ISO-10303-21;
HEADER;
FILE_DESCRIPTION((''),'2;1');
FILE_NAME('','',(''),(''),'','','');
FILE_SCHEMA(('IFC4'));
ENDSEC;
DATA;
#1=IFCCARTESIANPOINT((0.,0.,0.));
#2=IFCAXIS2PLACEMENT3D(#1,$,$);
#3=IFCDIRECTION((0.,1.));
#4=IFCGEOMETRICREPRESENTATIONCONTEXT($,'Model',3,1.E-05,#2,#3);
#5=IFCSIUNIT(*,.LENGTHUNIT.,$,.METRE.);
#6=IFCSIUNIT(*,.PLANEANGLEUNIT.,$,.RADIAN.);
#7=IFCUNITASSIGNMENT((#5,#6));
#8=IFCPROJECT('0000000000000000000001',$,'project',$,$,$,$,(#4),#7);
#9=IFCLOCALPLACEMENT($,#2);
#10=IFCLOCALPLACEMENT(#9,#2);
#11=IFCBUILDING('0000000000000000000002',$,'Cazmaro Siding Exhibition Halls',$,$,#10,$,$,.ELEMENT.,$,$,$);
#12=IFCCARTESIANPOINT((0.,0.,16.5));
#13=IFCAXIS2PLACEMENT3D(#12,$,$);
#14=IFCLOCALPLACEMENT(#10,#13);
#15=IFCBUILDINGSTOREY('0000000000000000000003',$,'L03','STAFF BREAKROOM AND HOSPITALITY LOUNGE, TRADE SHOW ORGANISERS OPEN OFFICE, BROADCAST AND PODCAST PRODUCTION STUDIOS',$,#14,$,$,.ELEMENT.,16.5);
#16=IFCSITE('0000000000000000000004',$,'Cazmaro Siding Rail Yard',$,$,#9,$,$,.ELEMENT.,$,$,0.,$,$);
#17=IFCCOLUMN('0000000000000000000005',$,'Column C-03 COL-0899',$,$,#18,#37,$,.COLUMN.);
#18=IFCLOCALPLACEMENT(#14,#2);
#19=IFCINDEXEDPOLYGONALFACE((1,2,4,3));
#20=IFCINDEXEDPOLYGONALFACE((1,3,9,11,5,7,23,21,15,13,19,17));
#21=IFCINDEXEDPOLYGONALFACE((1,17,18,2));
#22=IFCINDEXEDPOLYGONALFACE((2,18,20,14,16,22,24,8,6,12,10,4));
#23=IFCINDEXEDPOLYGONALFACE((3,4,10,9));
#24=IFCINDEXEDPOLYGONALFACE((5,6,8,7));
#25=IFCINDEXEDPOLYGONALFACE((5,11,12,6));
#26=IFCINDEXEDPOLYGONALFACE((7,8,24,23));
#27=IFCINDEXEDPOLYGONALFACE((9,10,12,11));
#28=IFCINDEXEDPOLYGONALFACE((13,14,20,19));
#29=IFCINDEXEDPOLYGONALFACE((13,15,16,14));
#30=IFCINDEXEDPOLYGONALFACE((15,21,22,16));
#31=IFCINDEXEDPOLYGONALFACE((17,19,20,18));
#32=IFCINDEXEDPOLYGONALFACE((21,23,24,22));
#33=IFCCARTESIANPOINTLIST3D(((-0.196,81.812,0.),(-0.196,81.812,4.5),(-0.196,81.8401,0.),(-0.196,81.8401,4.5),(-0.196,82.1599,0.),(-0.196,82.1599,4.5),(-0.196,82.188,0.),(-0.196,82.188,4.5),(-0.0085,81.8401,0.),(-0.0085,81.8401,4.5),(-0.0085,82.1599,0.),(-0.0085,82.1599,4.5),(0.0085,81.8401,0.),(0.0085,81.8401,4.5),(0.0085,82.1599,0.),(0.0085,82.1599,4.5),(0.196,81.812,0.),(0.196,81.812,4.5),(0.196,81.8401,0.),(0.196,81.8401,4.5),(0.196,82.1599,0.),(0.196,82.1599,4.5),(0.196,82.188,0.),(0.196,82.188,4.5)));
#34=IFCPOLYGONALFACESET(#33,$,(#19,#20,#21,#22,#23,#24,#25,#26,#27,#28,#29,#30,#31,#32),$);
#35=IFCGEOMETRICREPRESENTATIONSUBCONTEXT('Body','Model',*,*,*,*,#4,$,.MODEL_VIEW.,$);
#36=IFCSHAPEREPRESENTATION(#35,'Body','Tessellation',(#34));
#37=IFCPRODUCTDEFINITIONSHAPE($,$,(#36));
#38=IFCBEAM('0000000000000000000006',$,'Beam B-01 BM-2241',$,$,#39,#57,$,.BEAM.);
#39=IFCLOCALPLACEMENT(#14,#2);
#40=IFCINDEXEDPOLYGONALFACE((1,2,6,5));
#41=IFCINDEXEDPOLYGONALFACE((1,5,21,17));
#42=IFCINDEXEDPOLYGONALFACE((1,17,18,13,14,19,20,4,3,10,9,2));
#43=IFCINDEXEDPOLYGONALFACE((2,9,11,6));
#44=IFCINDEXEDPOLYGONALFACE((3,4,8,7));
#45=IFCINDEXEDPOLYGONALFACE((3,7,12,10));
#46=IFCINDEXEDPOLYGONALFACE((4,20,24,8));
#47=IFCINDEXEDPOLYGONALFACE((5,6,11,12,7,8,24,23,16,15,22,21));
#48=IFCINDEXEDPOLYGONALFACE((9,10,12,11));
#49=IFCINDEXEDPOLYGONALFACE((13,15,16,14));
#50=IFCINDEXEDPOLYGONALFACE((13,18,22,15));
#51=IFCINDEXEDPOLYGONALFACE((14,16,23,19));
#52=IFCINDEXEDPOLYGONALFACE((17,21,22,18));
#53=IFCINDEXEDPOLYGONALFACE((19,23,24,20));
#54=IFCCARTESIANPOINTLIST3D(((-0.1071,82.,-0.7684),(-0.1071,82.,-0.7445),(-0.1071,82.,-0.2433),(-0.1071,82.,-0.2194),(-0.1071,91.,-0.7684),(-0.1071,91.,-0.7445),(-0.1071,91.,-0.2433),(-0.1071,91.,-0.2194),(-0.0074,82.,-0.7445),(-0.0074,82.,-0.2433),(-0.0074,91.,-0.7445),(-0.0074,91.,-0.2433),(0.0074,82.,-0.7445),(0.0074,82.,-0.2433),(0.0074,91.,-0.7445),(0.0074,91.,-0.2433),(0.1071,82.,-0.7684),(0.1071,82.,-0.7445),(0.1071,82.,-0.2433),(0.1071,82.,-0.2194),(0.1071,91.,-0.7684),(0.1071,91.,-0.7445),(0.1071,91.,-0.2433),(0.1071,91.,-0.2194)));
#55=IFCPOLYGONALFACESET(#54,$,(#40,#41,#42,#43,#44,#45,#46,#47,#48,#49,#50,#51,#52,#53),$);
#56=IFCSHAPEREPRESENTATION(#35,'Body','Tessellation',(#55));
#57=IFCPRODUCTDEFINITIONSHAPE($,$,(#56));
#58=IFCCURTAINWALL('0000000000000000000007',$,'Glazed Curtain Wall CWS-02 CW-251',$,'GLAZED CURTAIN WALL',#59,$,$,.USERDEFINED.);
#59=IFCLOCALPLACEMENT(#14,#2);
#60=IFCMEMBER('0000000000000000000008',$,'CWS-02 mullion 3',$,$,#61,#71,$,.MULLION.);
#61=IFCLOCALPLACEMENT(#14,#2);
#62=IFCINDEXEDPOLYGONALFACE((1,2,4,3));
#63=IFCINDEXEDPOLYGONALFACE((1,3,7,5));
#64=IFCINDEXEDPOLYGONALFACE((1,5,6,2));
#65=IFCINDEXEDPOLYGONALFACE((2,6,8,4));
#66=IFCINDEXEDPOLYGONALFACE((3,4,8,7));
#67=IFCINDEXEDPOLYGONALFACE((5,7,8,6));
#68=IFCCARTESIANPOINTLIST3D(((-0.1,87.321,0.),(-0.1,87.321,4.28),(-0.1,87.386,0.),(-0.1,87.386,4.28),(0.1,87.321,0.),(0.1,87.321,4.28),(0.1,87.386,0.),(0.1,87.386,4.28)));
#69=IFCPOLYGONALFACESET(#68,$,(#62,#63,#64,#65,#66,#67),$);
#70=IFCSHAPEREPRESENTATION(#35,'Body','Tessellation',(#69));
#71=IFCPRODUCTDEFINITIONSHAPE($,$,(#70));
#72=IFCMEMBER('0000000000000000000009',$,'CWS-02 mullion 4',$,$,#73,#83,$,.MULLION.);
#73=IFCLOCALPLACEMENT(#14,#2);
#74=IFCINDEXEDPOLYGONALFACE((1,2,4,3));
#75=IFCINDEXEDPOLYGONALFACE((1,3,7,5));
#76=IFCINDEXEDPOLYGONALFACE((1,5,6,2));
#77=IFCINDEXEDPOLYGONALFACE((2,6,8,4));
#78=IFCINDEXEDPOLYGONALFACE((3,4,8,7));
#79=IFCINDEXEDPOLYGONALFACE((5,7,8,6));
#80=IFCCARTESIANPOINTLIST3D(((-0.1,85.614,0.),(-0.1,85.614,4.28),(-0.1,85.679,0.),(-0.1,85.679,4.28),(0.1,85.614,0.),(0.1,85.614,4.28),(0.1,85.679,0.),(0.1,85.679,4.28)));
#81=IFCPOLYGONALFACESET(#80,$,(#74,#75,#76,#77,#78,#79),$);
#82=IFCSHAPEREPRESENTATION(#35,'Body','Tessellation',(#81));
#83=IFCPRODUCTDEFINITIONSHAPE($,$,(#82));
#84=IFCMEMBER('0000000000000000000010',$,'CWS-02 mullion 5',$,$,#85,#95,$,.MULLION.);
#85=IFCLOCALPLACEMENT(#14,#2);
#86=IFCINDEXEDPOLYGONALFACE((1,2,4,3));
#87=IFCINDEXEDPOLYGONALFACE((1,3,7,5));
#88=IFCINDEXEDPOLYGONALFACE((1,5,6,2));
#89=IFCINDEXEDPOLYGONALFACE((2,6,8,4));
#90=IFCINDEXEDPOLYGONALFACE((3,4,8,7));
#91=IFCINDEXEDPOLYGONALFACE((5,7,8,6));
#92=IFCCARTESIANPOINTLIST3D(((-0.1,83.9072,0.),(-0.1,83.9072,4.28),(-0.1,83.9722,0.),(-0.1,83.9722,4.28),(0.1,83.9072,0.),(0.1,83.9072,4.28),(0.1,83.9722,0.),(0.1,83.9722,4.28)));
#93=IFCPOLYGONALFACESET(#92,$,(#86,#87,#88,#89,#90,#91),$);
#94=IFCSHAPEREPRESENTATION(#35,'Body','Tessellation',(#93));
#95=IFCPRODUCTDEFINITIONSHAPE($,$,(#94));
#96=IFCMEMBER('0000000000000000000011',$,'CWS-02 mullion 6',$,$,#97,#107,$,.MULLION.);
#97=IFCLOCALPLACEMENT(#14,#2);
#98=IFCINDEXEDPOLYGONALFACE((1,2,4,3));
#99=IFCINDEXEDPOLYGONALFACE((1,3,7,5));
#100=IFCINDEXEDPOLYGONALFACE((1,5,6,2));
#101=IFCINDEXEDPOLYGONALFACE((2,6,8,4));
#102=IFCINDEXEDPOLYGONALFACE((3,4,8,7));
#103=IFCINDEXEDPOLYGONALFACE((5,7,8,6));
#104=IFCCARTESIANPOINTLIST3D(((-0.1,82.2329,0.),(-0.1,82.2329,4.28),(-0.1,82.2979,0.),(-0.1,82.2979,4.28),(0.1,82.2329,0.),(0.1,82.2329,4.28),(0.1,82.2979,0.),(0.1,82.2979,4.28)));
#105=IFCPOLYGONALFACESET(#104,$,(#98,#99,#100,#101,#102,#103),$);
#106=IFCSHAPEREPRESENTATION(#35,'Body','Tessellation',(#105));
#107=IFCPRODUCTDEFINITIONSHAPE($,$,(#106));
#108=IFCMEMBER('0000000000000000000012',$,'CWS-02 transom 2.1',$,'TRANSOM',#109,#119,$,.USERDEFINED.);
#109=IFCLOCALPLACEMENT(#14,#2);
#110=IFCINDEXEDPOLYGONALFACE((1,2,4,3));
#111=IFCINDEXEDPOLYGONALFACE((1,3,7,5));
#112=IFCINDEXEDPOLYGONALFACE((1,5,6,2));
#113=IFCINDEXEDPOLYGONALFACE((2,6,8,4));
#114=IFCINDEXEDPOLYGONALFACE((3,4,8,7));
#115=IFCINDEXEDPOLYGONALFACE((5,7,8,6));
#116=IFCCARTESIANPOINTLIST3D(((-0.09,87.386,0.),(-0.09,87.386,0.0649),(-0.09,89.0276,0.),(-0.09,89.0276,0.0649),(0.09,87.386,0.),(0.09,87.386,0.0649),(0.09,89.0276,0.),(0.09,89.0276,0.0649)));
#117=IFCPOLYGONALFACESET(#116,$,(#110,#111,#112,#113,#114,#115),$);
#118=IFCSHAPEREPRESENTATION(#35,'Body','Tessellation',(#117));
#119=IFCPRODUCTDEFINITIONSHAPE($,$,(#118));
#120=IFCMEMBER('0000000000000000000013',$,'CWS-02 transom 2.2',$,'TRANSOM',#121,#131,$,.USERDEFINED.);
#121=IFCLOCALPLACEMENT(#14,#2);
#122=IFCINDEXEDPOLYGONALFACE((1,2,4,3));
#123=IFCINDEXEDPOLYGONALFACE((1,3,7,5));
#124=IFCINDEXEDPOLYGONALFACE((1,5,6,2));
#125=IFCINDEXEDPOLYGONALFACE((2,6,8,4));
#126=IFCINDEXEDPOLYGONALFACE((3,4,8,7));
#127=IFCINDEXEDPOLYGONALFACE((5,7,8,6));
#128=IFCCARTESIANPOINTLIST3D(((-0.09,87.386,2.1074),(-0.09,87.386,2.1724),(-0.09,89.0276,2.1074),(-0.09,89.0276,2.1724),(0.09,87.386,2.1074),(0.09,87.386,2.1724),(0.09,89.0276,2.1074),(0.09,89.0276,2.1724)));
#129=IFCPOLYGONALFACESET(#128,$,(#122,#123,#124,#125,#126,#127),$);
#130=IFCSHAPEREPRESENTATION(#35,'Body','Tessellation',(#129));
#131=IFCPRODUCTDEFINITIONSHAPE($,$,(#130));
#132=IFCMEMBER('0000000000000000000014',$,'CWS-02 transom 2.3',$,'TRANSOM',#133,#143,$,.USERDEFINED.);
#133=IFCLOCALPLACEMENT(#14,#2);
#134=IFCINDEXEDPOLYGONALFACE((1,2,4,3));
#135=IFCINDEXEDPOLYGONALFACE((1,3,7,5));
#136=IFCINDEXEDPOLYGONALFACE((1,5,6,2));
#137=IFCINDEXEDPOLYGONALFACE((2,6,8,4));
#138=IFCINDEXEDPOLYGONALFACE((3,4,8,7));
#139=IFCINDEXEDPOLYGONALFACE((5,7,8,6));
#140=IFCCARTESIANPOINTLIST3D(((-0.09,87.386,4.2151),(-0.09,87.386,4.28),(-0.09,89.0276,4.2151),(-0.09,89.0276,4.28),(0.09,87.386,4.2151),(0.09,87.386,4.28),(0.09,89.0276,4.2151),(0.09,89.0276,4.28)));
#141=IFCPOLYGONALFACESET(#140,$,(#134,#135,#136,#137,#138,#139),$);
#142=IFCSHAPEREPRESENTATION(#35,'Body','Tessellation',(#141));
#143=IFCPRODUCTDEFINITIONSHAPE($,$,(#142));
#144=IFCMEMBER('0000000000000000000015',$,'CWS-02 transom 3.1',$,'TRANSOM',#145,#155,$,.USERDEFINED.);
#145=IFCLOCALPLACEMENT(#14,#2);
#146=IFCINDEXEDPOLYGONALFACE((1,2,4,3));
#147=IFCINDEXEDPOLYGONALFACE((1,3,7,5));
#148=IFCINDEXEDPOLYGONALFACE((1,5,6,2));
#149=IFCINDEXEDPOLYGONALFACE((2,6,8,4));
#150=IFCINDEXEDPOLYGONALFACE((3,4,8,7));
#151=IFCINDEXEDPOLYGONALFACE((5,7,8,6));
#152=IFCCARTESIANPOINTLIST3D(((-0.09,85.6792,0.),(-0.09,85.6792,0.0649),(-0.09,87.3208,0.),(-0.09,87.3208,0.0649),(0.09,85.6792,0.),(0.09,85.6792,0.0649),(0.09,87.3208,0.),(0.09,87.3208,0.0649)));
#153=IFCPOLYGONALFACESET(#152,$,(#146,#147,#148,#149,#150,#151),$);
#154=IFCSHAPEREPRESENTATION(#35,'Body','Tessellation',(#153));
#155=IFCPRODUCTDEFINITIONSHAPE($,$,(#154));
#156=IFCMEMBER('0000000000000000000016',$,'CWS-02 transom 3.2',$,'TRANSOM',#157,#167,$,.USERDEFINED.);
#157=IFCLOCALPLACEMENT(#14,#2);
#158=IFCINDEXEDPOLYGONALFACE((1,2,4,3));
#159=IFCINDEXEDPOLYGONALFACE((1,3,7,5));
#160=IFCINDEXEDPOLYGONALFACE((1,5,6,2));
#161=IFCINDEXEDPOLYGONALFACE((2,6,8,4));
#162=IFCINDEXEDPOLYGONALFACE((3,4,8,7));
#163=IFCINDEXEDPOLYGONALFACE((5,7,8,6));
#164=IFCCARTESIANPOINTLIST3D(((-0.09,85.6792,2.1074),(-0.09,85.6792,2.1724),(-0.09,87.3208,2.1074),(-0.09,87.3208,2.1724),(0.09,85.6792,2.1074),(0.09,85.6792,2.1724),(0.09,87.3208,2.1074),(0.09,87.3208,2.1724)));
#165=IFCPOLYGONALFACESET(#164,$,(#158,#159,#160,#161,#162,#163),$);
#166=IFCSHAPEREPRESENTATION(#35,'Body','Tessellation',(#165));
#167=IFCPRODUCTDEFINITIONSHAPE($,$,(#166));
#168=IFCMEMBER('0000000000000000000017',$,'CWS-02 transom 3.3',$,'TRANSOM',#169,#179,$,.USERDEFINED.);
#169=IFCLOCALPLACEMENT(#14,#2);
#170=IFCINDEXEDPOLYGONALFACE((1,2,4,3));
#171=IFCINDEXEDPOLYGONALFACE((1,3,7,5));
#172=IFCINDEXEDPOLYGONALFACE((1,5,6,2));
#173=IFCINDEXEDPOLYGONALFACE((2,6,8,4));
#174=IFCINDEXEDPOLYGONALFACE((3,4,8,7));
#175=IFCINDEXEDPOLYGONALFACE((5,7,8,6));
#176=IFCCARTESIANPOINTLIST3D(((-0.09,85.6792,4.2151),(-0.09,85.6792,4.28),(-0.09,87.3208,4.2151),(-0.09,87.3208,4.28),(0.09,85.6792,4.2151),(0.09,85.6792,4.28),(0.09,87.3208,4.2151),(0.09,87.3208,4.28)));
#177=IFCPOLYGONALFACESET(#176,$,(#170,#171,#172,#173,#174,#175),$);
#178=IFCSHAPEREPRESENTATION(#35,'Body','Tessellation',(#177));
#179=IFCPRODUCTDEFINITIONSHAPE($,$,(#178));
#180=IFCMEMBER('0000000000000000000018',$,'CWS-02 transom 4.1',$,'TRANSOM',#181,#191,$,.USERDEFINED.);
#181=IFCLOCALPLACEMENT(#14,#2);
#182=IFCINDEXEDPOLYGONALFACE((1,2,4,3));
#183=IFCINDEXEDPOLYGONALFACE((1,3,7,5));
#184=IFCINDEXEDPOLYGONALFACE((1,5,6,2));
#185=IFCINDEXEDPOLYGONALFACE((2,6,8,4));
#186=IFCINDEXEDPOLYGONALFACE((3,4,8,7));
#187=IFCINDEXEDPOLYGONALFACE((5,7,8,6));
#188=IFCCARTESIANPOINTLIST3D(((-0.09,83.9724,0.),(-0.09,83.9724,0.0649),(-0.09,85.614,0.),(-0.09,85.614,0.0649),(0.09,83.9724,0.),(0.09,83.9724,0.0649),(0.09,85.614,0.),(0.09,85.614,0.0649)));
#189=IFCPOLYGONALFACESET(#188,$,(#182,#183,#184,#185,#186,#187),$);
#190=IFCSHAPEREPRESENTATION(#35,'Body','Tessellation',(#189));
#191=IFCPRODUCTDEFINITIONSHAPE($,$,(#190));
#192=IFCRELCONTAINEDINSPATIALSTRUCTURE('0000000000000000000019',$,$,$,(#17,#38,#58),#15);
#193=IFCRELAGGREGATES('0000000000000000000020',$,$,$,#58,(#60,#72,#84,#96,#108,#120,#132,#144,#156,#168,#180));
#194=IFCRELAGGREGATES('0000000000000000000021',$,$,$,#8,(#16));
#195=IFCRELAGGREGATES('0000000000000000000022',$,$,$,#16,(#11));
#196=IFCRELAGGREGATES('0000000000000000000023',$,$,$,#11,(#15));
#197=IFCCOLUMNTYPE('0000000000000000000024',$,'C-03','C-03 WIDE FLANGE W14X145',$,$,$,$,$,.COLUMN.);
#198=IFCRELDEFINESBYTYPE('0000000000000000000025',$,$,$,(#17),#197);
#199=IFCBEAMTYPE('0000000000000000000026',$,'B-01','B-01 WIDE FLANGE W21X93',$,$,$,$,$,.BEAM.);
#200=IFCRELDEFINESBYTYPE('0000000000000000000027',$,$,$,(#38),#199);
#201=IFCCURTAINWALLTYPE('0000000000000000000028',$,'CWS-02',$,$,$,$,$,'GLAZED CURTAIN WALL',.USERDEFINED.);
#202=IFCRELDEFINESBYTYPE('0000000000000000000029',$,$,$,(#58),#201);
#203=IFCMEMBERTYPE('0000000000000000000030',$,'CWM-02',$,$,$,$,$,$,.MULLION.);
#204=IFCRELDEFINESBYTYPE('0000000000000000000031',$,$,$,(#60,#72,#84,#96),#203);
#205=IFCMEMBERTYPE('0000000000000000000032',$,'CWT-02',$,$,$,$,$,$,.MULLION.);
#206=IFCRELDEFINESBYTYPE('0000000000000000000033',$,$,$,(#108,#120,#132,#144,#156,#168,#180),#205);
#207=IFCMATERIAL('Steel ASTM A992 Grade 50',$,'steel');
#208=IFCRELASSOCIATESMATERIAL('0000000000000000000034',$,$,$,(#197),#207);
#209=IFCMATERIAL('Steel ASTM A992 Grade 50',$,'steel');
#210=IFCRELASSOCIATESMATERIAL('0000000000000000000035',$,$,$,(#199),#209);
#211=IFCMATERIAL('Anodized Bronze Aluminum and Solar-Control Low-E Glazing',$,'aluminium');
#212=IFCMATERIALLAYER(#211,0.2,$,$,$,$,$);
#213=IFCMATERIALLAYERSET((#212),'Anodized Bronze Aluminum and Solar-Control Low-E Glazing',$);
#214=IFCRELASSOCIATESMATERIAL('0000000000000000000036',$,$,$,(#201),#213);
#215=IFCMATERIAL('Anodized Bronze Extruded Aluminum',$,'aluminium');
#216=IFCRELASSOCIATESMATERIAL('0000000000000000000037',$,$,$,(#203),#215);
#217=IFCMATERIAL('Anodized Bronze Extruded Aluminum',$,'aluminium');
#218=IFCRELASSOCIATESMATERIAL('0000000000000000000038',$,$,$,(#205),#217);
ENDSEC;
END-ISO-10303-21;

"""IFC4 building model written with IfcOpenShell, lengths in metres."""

from ifc_helpers import new_model, si_unit, direction, frame, origin, origin_2d, place, context, subcontext, project, spatial, rectangle, i_section, extrude, material, layer, layer_set, material_profile, profile_set, type_object, element, aggregate, save


model = new_model("IFC4")

# Units and contexts
model_context = context("Model", 3, precision=1e-05, world=origin(), true_north=direction((0.0, 1.0)))
body_context = subcontext(model_context, "Body", "Model", "MODEL_VIEW")
ifc_project = project(units=[si_unit("LENGTHUNIT", "METRE"), si_unit("PLANEANGLEUNIT", "RADIAN")], contexts=[model_context])

# Site, building, storey
site_placement = place(None, origin())
site = spatial("IfcSite", under=ifc_project, at=site_placement, Name="Cazmaro Siding Rail Yard", CompositionType="ELEMENT", RefElevation=0.0)
building_placement = place(site_placement, origin())
building = spatial("IfcBuilding", under=site, at=building_placement, Name="Cazmaro Siding Exhibition Halls", CompositionType="ELEMENT")
storey_placement = place(building_placement, frame((0.0, 0.0, 16.5)))
storey = spatial("IfcBuildingStorey", under=building, at=storey_placement, Name="L03", Description="STAFF BREAKROOM AND HOSPITALITY LOUNGE, TRADE SHOW ORGANISERS OPEN OFFICE, BROADCAST AND PODCAST PRODUCTION STUDIOS", CompositionType="ELEMENT", Elevation=16.5)

# Column
ifc_material_1 = material(Name="Steel ASTM A992 Grade 50", Category="steel")
ifc_material_profile_1 = material_profile(ifc_material_1, i_section(OverallWidth=0.3921, OverallDepth=0.376, WebThickness=0.0171, FlangeThickness=0.0281, at=origin_2d()), Name="W14X145")
ifc_profile_set_1 = profile_set([ifc_material_profile_1], Name="Steel ASTM A992 Grade 50")
column_type = type_object("IfcColumnType", Name="C-03", Description="C-03 WIDE FLANGE W14X145", PredefinedType="COLUMN", material=ifc_profile_set_1)
column_placement = place(storey_placement, frame((0.0, 82.0, 0.0), z_axis=(0.0, 0.0, 1.0), x_axis=(1.0, 0.0, 0.0)))
element("IfcColumn", 1, at=column_placement, inside=storey, type_object=column_type, Name="Column C-03 COL-0899", PredefinedType="COLUMN", context=body_context, shape_type="SweptSolid", body=[
    extrude(i_section(OverallWidth=0.3921, OverallDepth=0.376, WebThickness=0.0171, FlangeThickness=0.0281, at=origin_2d()), origin(), (0.0, 0.0, 1.0), 4.5),
])

# Beam
ifc_material_2 = material(Name="Steel ASTM A992 Grade 50", Category="steel")
ifc_material_profile_2 = material_profile(ifc_material_2, i_section(OverallWidth=0.2141, OverallDepth=0.5491, WebThickness=0.0149, FlangeThickness=0.0239, at=origin_2d()), Name="W21X93")
ifc_profile_set_2 = profile_set([ifc_material_profile_2], Name="Steel ASTM A992 Grade 50")
beam_type_1 = type_object("IfcBeamType", Name="B-01", Description="B-01 WIDE FLANGE W21X93", PredefinedType="BEAM", material=ifc_profile_set_2)
beam_1_placement = place(storey_placement, frame((0.0, 82.0, -0.4939), z_axis=(0.0, 1.0, 0.0), x_axis=(-1.0, 0.0, 0.0)))
element("IfcBeam", 2, at=beam_1_placement, inside=storey, type_object=beam_type_1, Name="Beam B-01 BM-2241", PredefinedType="BEAM", context=body_context, shape_type="SweptSolid", body=[
    extrude(i_section(OverallWidth=0.2141, OverallDepth=0.5491, WebThickness=0.0149, FlangeThickness=0.0239, at=origin_2d()), origin(), (0.0, 0.0, 1.0), 9.0),
])

# Curtain wall, members
ifc_material_3 = material(Name="Anodized Bronze Aluminum and Solar-Control Low-E Glazing", Category="aluminium")
ifc_layer_1 = layer(ifc_material_3, 0.2)
ifc_layer_set_1 = layer_set([ifc_layer_1], Name="Anodized Bronze Aluminum and Solar-Control Low-E Glazing")
curtain_wall_type = type_object("IfcCurtainWallType", Name="CWS-02", ElementType="GLAZED CURTAIN WALL", PredefinedType="USERDEFINED", material=ifc_layer_set_1)
curtain_wall_placement = place(storey_placement, origin())
curtain_wall = element("IfcCurtainWall", 3, at=curtain_wall_placement, inside=storey, type_object=curtain_wall_type, Name="Glazed Curtain Wall CWS-02 CW-251", ObjectType="GLAZED CURTAIN WALL", PredefinedType="USERDEFINED")
ifc_material_4 = material(Name="Anodized Bronze Extruded Aluminum", Category="aluminium")
ifc_material_profile_3 = material_profile(ifc_material_4, rectangle(XDim=0.2, YDim=0.0649, at=origin_2d()), Name="CWM-02")
ifc_profile_set_3 = profile_set([ifc_material_profile_3], Name="Anodized Bronze Extruded Aluminum")
member_type_1 = type_object("IfcMemberType", Name="CWM-02", PredefinedType="MULLION", material=ifc_profile_set_3)
member_1_placement = place(storey_placement, frame((0.0, 87.3535, 0.0), z_axis=(0.0, 0.0, 1.0), x_axis=(1.0, 0.0, 0.0)))
member_1 = element("IfcMember", 4, at=member_1_placement, type_object=member_type_1, Name="CWS-02 mullion 3", PredefinedType="MULLION", context=body_context, shape_type="SweptSolid", body=[
    extrude(rectangle(XDim=0.2, YDim=0.0649, at=origin_2d()), origin(), (0.0, 0.0, 1.0), 4.28),
])
member_2_placement = place(storey_placement, frame((0.0, 85.6465, 0.0), z_axis=(0.0, 0.0, 1.0), x_axis=(1.0, 0.0, 0.0)))
member_2 = element("IfcMember", 5, at=member_2_placement, type_object=member_type_1, Name="CWS-02 mullion 4", PredefinedType="MULLION", context=body_context, shape_type="SweptSolid", body=[
    extrude(rectangle(XDim=0.2, YDim=0.0649, at=origin_2d()), origin(), (0.0, 0.0, 1.0), 4.28),
])
member_3_placement = place(storey_placement, frame((0.0, 83.9397, 0.0), z_axis=(0.0, 0.0, 1.0), x_axis=(1.0, 0.0, 0.0)))
member_3 = element("IfcMember", 6, at=member_3_placement, type_object=member_type_1, Name="CWS-02 mullion 5", PredefinedType="MULLION", context=body_context, shape_type="SweptSolid", body=[
    extrude(rectangle(XDim=0.2, YDim=0.0649, at=origin_2d()), origin(), (0.0, 0.0, 1.0), 4.28),
])
member_4_placement = place(storey_placement, frame((0.0, 82.2654, 0.0), z_axis=(0.0, 0.0, 1.0), x_axis=(1.0, 0.0, 0.0)))
member_4 = element("IfcMember", 7, at=member_4_placement, type_object=member_type_1, Name="CWS-02 mullion 6", PredefinedType="MULLION", context=body_context, shape_type="SweptSolid", body=[
    extrude(rectangle(XDim=0.2, YDim=0.0649, at=origin_2d()), origin(), (0.0, 0.0, 1.0), 4.28),
])
ifc_material_5 = material(Name="Anodized Bronze Extruded Aluminum", Category="aluminium")
ifc_material_profile_4 = material_profile(ifc_material_5, rectangle(XDim=0.1799, YDim=0.0649, at=origin_2d()), Name="CWT-02")
ifc_profile_set_4 = profile_set([ifc_material_profile_4], Name="Anodized Bronze Extruded Aluminum")
member_type_2 = type_object("IfcMemberType", Name="CWT-02", PredefinedType="MULLION", material=ifc_profile_set_4)
member_5_placement = place(storey_placement, frame((0.0, 89.0276, 0.0325), z_axis=(0.0, -1.0, 0.0), x_axis=(1.0, 0.0, 0.0)))
member_5 = element("IfcMember", 8, at=member_5_placement, type_object=member_type_2, Name="CWS-02 transom 2.1", ObjectType="TRANSOM", PredefinedType="USERDEFINED", context=body_context, shape_type="SweptSolid", body=[
    extrude(rectangle(XDim=0.1799, YDim=0.0649, at=origin_2d()), origin(), (0.0, 0.0, 1.0), 1.6416),
])
member_6_placement = place(storey_placement, frame((0.0, 89.0276, 2.1399), z_axis=(0.0, -1.0, 0.0), x_axis=(1.0, 0.0, 0.0)))
member_6 = element("IfcMember", 9, at=member_6_placement, type_object=member_type_2, Name="CWS-02 transom 2.2", ObjectType="TRANSOM", PredefinedType="USERDEFINED", context=body_context, shape_type="SweptSolid", body=[
    extrude(rectangle(XDim=0.1799, YDim=0.0649, at=origin_2d()), origin(), (0.0, 0.0, 1.0), 1.6416),
])
member_7_placement = place(storey_placement, frame((0.0, 89.0276, 4.2476), z_axis=(0.0, -1.0, 0.0), x_axis=(1.0, 0.0, 0.0)))
member_7 = element("IfcMember", 10, at=member_7_placement, type_object=member_type_2, Name="CWS-02 transom 2.3", ObjectType="TRANSOM", PredefinedType="USERDEFINED", context=body_context, shape_type="SweptSolid", body=[
    extrude(rectangle(XDim=0.1799, YDim=0.0649, at=origin_2d()), origin(), (0.0, 0.0, 1.0), 1.6416),
])
member_8_placement = place(storey_placement, frame((0.0, 87.3208, 0.0325), z_axis=(0.0, -1.0, 0.0), x_axis=(1.0, 0.0, 0.0)))
member_8 = element("IfcMember", 11, at=member_8_placement, type_object=member_type_2, Name="CWS-02 transom 3.1", ObjectType="TRANSOM", PredefinedType="USERDEFINED", context=body_context, shape_type="SweptSolid", body=[
    extrude(rectangle(XDim=0.1799, YDim=0.0649, at=origin_2d()), origin(), (0.0, 0.0, 1.0), 1.6416),
])
member_9_placement = place(storey_placement, frame((0.0, 87.3208, 2.1399), z_axis=(0.0, -1.0, 0.0), x_axis=(1.0, 0.0, 0.0)))
member_9 = element("IfcMember", 12, at=member_9_placement, type_object=member_type_2, Name="CWS-02 transom 3.2", ObjectType="TRANSOM", PredefinedType="USERDEFINED", context=body_context, shape_type="SweptSolid", body=[
    extrude(rectangle(XDim=0.1799, YDim=0.0649, at=origin_2d()), origin(), (0.0, 0.0, 1.0), 1.6416),
])
member_10_placement = place(storey_placement, frame((0.0, 87.3208, 4.2476), z_axis=(0.0, -1.0, 0.0), x_axis=(1.0, 0.0, 0.0)))
member_10 = element("IfcMember", 13, at=member_10_placement, type_object=member_type_2, Name="CWS-02 transom 3.3", ObjectType="TRANSOM", PredefinedType="USERDEFINED", context=body_context, shape_type="SweptSolid", body=[
    extrude(rectangle(XDim=0.1799, YDim=0.0649, at=origin_2d()), origin(), (0.0, 0.0, 1.0), 1.6416),
])
member_11_placement = place(storey_placement, frame((0.0, 85.614, 0.0325), z_axis=(0.0, -1.0, 0.0), x_axis=(1.0, 0.0, 0.0)))
member_11 = element("IfcMember", 14, at=member_11_placement, type_object=member_type_2, Name="CWS-02 transom 4.1", ObjectType="TRANSOM", PredefinedType="USERDEFINED", context=body_context, shape_type="SweptSolid", body=[
    extrude(rectangle(XDim=0.1799, YDim=0.0649, at=origin_2d()), origin(), (0.0, 0.0, 1.0), 1.6416),
])

aggregate(curtain_wall, [member_1, member_2, member_3, member_4, member_5, member_6, member_7, member_8, member_9, member_10, member_11])

save(model, "model.ifc")
